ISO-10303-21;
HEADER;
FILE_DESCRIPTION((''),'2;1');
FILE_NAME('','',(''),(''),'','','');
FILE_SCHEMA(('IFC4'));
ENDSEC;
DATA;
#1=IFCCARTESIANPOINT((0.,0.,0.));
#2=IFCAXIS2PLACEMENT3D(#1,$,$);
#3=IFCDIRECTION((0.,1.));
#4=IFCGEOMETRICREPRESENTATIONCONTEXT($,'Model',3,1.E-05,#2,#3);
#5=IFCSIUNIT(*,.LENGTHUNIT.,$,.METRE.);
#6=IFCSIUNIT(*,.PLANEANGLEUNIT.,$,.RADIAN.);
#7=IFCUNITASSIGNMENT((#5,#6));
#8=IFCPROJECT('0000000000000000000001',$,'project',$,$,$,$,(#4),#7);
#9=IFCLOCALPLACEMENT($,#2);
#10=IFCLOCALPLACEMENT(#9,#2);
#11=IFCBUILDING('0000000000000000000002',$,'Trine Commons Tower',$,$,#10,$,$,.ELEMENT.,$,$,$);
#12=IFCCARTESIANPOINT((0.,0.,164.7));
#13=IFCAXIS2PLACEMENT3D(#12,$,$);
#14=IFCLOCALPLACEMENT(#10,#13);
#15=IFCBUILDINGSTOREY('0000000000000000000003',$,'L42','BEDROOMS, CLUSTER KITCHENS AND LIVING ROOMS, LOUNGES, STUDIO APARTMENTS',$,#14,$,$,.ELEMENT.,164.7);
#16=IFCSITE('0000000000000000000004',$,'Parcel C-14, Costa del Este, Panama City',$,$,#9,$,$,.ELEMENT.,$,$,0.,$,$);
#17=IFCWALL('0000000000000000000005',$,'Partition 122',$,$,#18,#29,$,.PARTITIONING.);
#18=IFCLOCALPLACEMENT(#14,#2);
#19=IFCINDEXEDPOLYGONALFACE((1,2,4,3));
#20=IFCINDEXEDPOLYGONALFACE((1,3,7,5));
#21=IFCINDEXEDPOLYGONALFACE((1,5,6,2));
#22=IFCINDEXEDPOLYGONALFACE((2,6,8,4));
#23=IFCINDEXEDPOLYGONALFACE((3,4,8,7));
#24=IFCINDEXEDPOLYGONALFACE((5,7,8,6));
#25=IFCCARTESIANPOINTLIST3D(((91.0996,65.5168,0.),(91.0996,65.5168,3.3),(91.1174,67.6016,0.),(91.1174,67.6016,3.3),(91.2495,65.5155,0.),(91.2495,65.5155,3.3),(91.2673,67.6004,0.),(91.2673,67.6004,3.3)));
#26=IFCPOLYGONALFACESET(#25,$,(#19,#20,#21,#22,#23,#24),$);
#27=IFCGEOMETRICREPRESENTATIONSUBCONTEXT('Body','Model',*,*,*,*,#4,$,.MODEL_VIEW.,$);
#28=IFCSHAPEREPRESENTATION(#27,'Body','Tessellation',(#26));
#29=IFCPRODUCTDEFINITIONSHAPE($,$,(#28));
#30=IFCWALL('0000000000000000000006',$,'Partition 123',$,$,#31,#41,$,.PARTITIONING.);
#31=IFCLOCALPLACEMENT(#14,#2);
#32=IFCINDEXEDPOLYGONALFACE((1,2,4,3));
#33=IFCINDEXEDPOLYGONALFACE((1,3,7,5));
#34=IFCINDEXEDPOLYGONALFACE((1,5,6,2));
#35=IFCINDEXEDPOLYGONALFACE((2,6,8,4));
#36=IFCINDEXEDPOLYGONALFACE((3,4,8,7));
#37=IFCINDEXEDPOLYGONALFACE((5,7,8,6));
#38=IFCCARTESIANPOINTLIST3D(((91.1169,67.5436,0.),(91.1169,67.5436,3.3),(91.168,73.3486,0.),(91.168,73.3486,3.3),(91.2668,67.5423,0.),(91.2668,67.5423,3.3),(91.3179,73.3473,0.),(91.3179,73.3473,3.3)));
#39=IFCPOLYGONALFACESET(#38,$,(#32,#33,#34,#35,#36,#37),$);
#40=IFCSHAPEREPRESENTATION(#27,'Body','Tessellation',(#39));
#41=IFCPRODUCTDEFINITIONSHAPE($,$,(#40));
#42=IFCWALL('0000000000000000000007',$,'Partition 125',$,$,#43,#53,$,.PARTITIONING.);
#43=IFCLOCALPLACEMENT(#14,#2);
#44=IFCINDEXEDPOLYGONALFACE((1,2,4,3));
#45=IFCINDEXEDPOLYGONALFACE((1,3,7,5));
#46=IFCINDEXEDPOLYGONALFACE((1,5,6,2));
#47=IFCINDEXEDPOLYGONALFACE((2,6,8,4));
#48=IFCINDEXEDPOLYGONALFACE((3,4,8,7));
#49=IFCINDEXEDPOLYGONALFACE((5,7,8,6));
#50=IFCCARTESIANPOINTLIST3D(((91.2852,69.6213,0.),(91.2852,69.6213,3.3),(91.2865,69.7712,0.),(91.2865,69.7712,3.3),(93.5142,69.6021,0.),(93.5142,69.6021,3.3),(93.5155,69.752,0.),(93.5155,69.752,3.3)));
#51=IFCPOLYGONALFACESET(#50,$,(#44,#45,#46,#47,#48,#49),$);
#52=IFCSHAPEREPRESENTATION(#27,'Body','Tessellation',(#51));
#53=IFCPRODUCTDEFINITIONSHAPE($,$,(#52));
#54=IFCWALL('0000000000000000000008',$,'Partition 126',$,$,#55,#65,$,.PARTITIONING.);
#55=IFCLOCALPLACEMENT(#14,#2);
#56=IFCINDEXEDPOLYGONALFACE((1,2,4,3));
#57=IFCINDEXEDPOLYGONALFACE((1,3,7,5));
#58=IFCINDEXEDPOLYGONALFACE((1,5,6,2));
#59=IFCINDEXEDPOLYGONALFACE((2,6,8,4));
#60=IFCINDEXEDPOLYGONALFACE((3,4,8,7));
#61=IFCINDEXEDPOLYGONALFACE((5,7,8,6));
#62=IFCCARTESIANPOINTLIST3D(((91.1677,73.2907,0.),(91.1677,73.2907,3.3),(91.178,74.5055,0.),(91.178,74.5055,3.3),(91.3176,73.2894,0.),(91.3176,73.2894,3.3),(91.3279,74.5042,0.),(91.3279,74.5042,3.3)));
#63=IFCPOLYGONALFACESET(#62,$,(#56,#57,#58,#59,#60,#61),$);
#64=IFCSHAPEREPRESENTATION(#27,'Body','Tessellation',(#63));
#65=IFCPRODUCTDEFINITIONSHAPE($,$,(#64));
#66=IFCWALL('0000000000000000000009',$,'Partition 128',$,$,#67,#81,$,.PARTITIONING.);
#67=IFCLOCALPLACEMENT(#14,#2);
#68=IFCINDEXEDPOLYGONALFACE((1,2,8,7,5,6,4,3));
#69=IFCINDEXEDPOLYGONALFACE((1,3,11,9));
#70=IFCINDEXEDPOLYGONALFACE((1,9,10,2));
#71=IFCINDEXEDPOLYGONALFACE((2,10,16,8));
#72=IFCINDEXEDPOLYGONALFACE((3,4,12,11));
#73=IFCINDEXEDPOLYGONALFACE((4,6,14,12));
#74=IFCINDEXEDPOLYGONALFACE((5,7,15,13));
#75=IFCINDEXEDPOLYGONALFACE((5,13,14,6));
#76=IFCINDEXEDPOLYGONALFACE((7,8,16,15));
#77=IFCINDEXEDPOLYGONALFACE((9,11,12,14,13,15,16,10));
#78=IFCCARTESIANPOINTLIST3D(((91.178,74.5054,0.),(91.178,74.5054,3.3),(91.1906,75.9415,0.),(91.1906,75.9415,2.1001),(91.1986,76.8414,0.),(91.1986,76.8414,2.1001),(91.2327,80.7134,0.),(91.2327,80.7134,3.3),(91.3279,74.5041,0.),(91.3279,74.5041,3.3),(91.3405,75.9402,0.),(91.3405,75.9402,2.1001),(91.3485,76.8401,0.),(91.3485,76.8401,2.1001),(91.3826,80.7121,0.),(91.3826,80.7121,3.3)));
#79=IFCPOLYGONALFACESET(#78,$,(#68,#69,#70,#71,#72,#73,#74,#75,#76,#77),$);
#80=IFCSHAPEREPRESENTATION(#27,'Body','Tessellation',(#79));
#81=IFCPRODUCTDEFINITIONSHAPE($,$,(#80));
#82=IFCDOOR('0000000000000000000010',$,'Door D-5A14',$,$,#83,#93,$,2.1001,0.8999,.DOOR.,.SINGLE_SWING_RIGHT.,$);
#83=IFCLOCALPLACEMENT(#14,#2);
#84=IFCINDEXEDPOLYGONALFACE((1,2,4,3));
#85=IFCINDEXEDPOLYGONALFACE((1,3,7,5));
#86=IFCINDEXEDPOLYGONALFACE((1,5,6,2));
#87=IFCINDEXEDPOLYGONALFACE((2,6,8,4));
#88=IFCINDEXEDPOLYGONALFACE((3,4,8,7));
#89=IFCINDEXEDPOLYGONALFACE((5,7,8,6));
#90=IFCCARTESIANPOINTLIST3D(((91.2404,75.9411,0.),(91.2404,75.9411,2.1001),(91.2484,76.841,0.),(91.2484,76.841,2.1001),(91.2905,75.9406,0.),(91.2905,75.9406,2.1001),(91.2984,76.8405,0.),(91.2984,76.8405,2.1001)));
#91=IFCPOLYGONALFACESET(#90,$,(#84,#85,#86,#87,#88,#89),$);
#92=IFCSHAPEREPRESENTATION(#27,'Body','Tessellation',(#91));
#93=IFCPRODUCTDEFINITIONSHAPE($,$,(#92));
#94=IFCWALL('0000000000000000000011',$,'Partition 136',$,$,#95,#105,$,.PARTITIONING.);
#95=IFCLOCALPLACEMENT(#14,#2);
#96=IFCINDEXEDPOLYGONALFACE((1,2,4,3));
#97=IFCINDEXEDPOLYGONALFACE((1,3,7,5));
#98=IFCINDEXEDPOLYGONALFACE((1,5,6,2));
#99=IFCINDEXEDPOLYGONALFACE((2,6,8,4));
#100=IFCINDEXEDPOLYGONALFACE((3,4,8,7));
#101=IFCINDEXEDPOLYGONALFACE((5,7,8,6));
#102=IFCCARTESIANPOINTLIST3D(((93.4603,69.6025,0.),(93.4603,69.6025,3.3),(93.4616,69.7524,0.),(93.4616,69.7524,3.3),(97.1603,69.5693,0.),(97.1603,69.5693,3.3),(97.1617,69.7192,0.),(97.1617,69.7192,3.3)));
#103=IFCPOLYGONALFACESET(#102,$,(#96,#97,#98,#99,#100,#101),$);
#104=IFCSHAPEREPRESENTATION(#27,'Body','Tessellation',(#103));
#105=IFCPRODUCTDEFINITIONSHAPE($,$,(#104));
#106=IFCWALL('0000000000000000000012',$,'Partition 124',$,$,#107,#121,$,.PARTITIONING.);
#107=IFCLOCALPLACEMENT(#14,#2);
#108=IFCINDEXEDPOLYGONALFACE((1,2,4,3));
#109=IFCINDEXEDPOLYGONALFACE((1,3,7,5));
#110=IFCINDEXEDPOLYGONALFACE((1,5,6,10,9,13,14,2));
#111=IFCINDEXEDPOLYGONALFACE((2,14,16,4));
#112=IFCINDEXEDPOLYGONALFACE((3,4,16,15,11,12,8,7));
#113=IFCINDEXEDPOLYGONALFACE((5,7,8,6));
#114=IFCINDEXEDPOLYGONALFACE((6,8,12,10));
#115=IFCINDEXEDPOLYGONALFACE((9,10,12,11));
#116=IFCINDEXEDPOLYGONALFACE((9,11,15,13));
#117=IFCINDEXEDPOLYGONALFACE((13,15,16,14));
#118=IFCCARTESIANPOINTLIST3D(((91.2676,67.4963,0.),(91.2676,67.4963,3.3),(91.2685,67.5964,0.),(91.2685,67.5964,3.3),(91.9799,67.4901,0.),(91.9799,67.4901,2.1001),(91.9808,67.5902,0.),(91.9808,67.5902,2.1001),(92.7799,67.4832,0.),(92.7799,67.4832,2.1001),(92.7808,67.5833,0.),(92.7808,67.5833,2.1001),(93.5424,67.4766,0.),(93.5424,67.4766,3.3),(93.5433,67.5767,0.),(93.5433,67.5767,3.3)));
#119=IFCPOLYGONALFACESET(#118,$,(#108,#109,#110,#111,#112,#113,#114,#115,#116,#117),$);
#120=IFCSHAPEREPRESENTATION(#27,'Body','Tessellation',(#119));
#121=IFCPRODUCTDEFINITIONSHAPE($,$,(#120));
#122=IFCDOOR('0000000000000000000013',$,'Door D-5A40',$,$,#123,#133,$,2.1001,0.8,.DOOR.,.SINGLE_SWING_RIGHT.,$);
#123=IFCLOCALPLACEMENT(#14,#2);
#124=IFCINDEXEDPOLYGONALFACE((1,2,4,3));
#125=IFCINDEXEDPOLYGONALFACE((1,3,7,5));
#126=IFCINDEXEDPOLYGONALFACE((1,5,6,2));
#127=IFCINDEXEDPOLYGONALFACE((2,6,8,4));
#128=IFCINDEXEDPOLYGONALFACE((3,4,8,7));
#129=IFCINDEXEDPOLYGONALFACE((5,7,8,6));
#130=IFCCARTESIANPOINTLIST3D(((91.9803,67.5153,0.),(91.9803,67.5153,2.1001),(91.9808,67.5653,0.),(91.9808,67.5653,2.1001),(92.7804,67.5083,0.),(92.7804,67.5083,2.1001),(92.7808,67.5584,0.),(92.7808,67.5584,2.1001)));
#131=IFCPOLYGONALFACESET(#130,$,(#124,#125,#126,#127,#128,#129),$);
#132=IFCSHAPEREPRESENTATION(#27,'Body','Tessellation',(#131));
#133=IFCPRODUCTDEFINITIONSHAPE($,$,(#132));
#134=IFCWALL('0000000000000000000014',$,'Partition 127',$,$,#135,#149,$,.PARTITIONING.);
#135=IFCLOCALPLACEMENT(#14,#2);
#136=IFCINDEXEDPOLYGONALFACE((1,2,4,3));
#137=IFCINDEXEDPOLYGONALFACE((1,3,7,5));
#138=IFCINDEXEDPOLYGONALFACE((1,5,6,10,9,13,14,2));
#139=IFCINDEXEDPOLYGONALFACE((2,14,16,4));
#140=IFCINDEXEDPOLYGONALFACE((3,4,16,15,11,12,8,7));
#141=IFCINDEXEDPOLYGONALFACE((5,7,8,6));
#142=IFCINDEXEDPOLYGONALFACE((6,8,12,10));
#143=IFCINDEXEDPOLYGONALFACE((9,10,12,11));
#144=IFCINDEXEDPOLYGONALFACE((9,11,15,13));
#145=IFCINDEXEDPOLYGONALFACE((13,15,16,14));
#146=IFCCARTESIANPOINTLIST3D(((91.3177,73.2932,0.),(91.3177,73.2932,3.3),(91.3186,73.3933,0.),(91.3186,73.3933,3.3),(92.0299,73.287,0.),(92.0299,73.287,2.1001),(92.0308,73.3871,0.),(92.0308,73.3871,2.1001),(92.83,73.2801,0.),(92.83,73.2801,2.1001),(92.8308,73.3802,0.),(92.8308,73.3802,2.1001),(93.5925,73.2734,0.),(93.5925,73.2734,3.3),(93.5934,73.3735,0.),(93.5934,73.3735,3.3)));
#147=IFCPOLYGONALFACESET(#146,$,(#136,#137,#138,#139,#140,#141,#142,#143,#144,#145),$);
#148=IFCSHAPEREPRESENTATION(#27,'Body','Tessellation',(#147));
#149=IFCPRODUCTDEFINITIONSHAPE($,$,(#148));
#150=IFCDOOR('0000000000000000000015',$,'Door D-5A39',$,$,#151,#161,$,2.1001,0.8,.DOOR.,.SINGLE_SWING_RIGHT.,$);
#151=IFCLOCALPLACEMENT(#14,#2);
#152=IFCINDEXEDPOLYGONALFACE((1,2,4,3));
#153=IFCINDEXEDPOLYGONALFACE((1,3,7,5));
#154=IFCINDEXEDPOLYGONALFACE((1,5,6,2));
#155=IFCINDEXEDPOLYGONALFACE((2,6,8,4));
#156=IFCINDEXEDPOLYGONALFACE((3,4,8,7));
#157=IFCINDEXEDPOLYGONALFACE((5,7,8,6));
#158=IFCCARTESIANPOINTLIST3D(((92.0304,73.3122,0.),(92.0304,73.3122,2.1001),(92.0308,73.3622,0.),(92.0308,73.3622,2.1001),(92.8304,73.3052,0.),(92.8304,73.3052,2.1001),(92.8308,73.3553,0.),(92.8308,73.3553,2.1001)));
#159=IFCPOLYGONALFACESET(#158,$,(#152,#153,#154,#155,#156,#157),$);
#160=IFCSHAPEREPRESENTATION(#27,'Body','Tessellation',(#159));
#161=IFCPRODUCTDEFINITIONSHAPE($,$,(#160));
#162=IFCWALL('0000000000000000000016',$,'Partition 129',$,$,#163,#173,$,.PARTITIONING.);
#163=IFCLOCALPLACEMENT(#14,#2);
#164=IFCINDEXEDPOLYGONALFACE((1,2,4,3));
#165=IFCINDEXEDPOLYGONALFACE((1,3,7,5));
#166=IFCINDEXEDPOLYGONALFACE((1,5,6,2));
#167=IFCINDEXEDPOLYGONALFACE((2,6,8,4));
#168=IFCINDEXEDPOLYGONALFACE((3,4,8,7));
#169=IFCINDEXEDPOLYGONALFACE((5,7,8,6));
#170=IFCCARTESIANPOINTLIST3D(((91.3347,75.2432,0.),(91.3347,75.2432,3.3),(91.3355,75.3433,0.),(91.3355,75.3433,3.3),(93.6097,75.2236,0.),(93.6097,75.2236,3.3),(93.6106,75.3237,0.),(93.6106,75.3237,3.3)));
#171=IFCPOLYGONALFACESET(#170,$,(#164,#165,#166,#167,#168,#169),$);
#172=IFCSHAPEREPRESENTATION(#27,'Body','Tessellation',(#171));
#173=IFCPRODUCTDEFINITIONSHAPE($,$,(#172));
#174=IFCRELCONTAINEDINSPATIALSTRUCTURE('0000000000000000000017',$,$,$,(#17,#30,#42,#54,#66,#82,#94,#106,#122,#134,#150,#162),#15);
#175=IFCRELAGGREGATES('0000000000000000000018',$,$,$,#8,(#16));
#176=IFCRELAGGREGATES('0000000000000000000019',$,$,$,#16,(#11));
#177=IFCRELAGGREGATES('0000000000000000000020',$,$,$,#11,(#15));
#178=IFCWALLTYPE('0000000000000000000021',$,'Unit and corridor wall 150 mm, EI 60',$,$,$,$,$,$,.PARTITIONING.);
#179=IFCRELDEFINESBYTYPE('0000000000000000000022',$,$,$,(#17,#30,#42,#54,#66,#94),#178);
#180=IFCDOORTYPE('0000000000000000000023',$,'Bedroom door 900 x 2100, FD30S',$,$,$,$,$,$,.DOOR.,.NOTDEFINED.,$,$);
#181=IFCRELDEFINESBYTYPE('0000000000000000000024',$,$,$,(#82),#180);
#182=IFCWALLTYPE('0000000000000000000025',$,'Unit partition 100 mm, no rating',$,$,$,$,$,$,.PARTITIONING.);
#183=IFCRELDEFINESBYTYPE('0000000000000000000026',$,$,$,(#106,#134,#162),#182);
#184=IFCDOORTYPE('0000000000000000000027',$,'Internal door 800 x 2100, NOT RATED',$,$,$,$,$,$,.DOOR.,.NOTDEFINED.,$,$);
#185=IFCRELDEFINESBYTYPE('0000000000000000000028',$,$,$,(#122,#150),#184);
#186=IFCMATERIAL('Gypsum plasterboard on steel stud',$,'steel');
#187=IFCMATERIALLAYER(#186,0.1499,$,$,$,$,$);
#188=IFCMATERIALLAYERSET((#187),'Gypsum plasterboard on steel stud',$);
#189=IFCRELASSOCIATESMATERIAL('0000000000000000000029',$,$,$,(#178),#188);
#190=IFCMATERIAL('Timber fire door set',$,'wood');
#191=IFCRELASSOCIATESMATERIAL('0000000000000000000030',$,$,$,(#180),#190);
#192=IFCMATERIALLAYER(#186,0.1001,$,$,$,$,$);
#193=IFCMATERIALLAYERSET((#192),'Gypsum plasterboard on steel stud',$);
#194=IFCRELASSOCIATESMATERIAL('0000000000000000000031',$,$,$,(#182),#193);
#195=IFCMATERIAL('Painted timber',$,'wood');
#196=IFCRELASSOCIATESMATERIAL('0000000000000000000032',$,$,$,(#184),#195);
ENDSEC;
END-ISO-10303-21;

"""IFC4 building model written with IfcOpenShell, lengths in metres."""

from ifc_helpers import new_model, si_unit, direction, frame, frame_2d, origin, place, context, subcontext, project, spatial, rectangle, extrude, material, layer, layer_set, type_object, element, fill, save


model = new_model("IFC4")

# Units and contexts
model_context = context("Model", 3, precision=1e-05, world=origin(), true_north=direction((0.0, 1.0)))
body_context = subcontext(model_context, "Body", "Model", "MODEL_VIEW")
ifc_project = project(units=[si_unit("LENGTHUNIT", "METRE"), si_unit("PLANEANGLEUNIT", "RADIAN")], contexts=[model_context])

# Site, building, storey
site_placement = place(None, origin())
site = spatial("IfcSite", under=ifc_project, at=site_placement, Name="Parcel C-14, Costa del Este, Panama City", CompositionType="ELEMENT", RefElevation=0.0)
building_placement = place(site_placement, origin())
building = spatial("IfcBuilding", under=site, at=building_placement, Name="Trine Commons Tower", CompositionType="ELEMENT")
storey_placement = place(building_placement, frame((0.0, 0.0, 164.7)))
storey = spatial("IfcBuildingStorey", under=building, at=storey_placement, Name="L42", Description="BEDROOMS, CLUSTER KITCHENS AND LIVING ROOMS, LOUNGES, STUDIO APARTMENTS", CompositionType="ELEMENT", Elevation=164.7)

# Walls
ifc_material_1 = material(Name="Gypsum plasterboard on steel stud", Category="steel")
ifc_layer_1 = layer(ifc_material_1, 0.1499)
ifc_layer_set_1 = layer_set([ifc_layer_1], Name="Gypsum plasterboard on steel stud")
wall_type_1 = type_object("IfcWallType", Name="Unit and corridor wall 150 mm, EI 60", PredefinedType="PARTITIONING", material=ifc_layer_set_1)
wall_1_placement = place(storey_placement, frame((91.1746, 65.5161, 0.0), z_axis=(0.0, 0.0, 1.0), x_axis=(0.008548, 0.999963, 0.0)))
element("IfcWall", 1, at=wall_1_placement, inside=storey, type_object=wall_type_1, Name="Partition 122", PredefinedType="PARTITIONING", context=body_context, shape_type="SweptSolid", body=[
    extrude(rectangle(XDim=2.085, YDim=0.1499, at=frame_2d((1.0425, 0.0))), origin(), (0.0, 0.0, 1.0), 3.3),
])
wall_2_placement = place(storey_placement, frame((91.1919, 67.543, 0.0), z_axis=(0.0, 0.0, 1.0), x_axis=(0.00879, 0.999961, 0.0)))
element("IfcWall", 2, at=wall_2_placement, inside=storey, type_object=wall_type_1, Name="Partition 123", PredefinedType="PARTITIONING", context=body_context, shape_type="SweptSolid", body=[
    extrude(rectangle(XDim=5.8052, YDim=0.1499, at=frame_2d((2.9026, 0.0))), origin(), (0.0, 0.0, 1.0), 3.3),
])
wall_3_placement = place(storey_placement, frame((91.2859, 69.6963, 0.0), z_axis=(0.0, 0.0, 1.0), x_axis=(0.999963, -0.008652, 0.0)))
element("IfcWall", 3, at=wall_3_placement, inside=storey, type_object=wall_type_1, Name="Partition 125", PredefinedType="PARTITIONING", context=body_context, shape_type="SweptSolid", body=[
    extrude(rectangle(XDim=2.229, YDim=0.1499, at=frame_2d((1.1145, 0.0))), origin(), (0.0, 0.0, 1.0), 3.3),
])
wall_4_placement = place(storey_placement, frame((91.2427, 73.29, 0.0), z_axis=(0.0, 0.0, 1.0), x_axis=(0.00844, 0.999964, 0.0)))
element("IfcWall", 4, at=wall_4_placement, inside=storey, type_object=wall_type_1, Name="Partition 126", PredefinedType="PARTITIONING", context=body_context, shape_type="SweptSolid", body=[
    extrude(rectangle(XDim=1.2148, YDim=0.1499, at=frame_2d((0.6074, 0.0))), origin(), (0.0, 0.0, 1.0), 3.3),
])

# Wall, opening, door
wall_5_placement = place(storey_placement, frame((91.2529, 74.5049, 0.0), z_axis=(0.0, 0.0, 1.0), x_axis=(0.008809, 0.999961, 0.0)))
wall_5 = element("IfcWall", 5, at=wall_5_placement, inside=storey, type_object=wall_type_1, Name="Partition 128", PredefinedType="PARTITIONING", context=body_context, shape_type="SweptSolid", body=[
    extrude(rectangle(XDim=6.2083, YDim=0.1499, at=frame_2d((3.104, 0.0))), origin(), (0.0, 0.0, 1.0), 3.3),
])
opening_1_placement = place(wall_5_placement, frame((1.436, 0.0, 0.0)))
opening_1 = element("IfcOpeningElement", 6, at=opening_1_placement, cuts=wall_5, PredefinedType="OPENING", context=body_context, shape_type="SweptSolid", body=[
    extrude(rectangle(XDim=0.8999, YDim=2.1001, at=frame_2d((0.45, 1.05))), frame((0.0, 0.085, 0.0), z_axis=(0.0, -1.0, 0.0), x_axis=(1.0, 0.0, 0.0)), (0.0, 0.0, 1.0), 0.1699),
])
ifc_material_2 = material(Name="Timber fire door set", Category="wood")
door_type_1 = type_object("IfcDoorType", Name="Bedroom door 900 x 2100, FD30S", OperationType="NOTDEFINED", PredefinedType="DOOR", material=ifc_material_2)
door_1_placement = place(opening_1_placement, frame((0.8999, 0.0, 0.0), z_axis=(0.0, 0.0, 1.0), x_axis=(-1.0, 0.0, 0.0)))
door_1 = element("IfcDoor", 7, at=door_1_placement, inside=storey, type_object=door_type_1, Name="Door D-5A14", OperationType="SINGLE_SWING_RIGHT", OverallHeight=2.1001, OverallWidth=0.8999, PredefinedType="DOOR", context=body_context, shape_type="SweptSolid", body=[
    extrude(rectangle(XDim=0.8999, YDim=2.1001, at=frame_2d((0.45, 1.05))), frame((0.0, 0.0249, 0.0), z_axis=(0.0, -1.0, 0.0), x_axis=(1.0, 0.0, 0.0)), (0.0, 0.0, 1.0), 0.05),
])
fill(opening_1, door_1)

# Wall
wall_6_placement = place(storey_placement, frame((93.4609, 69.6775, 0.0), z_axis=(0.0, 0.0, 1.0), x_axis=(0.99996, -0.008974, 0.0)))
element("IfcWall", 8, at=wall_6_placement, inside=storey, type_object=wall_type_1, Name="Partition 136", PredefinedType="PARTITIONING", context=body_context, shape_type="SweptSolid", body=[
    extrude(rectangle(XDim=3.7002, YDim=0.1499, at=frame_2d((1.8501, 0.0))), origin(), (0.0, 0.0, 1.0), 3.3),
])

# Walls, openings, doors
ifc_layer_2 = layer(ifc_material_1, 0.1001)
ifc_layer_set_2 = layer_set([ifc_layer_2], Name="Gypsum plasterboard on steel stud")
wall_type_2 = type_object("IfcWallType", Name="Unit partition 100 mm, no rating", PredefinedType="PARTITIONING", material=ifc_layer_set_2)
wall_7_placement = place(storey_placement, frame((91.2681, 67.5464, 0.0), z_axis=(0.0, 0.0, 1.0), x_axis=(0.999962, -0.008693, 0.0)))
wall_7 = element("IfcWall", 9, at=wall_7_placement, inside=storey, type_object=wall_type_2, Name="Partition 124", PredefinedType="PARTITIONING", context=body_context, shape_type="SweptSolid", body=[
    extrude(rectangle(XDim=2.2749, YDim=0.1001, at=frame_2d((1.1375, 0.0))), origin(), (0.0, 0.0, 1.0), 3.3),
])
opening_2_placement = place(wall_7_placement, frame((0.7124, 0.0, 0.0)))
opening_2 = element("IfcOpeningElement", 10, at=opening_2_placement, cuts=wall_7, PredefinedType="OPENING", context=body_context, shape_type="SweptSolid", body=[
    extrude(rectangle(XDim=0.8, YDim=2.1001, at=frame_2d((0.3999, 1.05))), frame((0.0, 0.0601, 0.0), z_axis=(0.0, -1.0, 0.0), x_axis=(1.0, 0.0, 0.0)), (0.0, 0.0, 1.0), 0.1201),
])
ifc_material_3 = material(Name="Painted timber", Category="wood")
door_type_2 = type_object("IfcDoorType", Name="Internal door 800 x 2100, NOT RATED", OperationType="NOTDEFINED", PredefinedType="DOOR", material=ifc_material_3)
door_2_placement = place(opening_2_placement, frame((0.8, 0.0, 0.0), z_axis=(0.0, 0.0, 1.0), x_axis=(-1.0, 0.0, 0.0)))
door_2 = element("IfcDoor", 11, at=door_2_placement, inside=storey, type_object=door_type_2, Name="Door D-5A40", OperationType="SINGLE_SWING_RIGHT", OverallHeight=2.1001, OverallWidth=0.8, PredefinedType="DOOR", context=body_context, shape_type="SweptSolid", body=[
    extrude(rectangle(XDim=0.8, YDim=2.1001, at=frame_2d((0.3999, 1.05))), frame((0.0, 0.0249, 0.0), z_axis=(0.0, -1.0, 0.0), x_axis=(1.0, 0.0, 0.0)), (0.0, 0.0, 1.0), 0.05),
])
fill(opening_2, door_2)
wall_8_placement = place(storey_placement, frame((91.3181, 73.3433, 0.0), z_axis=(0.0, 0.0, 1.0), x_axis=(0.999962, -0.008693, 0.0)))
wall_8 = element("IfcWall", 12, at=wall_8_placement, inside=storey, type_object=wall_type_2, Name="Partition 127", PredefinedType="PARTITIONING", context=body_context, shape_type="SweptSolid", body=[
    extrude(rectangle(XDim=2.2749, YDim=0.1001, at=frame_2d((1.1375, 0.0))), origin(), (0.0, 0.0, 1.0), 3.3),
])
opening_3_placement = place(wall_8_placement, frame((0.7124, 0.0, 0.0)))
opening_3 = element("IfcOpeningElement", 13, at=opening_3_placement, cuts=wall_8, PredefinedType="OPENING", context=body_context, shape_type="SweptSolid", body=[
    extrude(rectangle(XDim=0.8, YDim=2.1001, at=frame_2d((0.3999, 1.05))), frame((0.0, 0.0601, 0.0), z_axis=(0.0, -1.0, 0.0), x_axis=(1.0, 0.0, 0.0)), (0.0, 0.0, 1.0), 0.1201),
])
door_3_placement = place(opening_3_placement, frame((0.8, 0.0, 0.0), z_axis=(0.0, 0.0, 1.0), x_axis=(-1.0, 0.0, 0.0)))
door_3 = element("IfcDoor", 14, at=door_3_placement, inside=storey, type_object=door_type_2, Name="Door D-5A39", OperationType="SINGLE_SWING_RIGHT", OverallHeight=2.1001, OverallWidth=0.8, PredefinedType="DOOR", context=body_context, shape_type="SweptSolid", body=[
    extrude(rectangle(XDim=0.8, YDim=2.1001, at=frame_2d((0.3999, 1.05))), frame((0.0, 0.0249, 0.0), z_axis=(0.0, -1.0, 0.0), x_axis=(1.0, 0.0, 0.0)), (0.0, 0.0, 1.0), 0.05),
])
fill(opening_3, door_3)

# Wall
wall_9_placement = place(storey_placement, frame((91.335, 75.2932, 0.0), z_axis=(0.0, 0.0, 1.0), x_axis=(0.999963, -0.008584, 0.0)))
element("IfcWall", 15, at=wall_9_placement, inside=storey, type_object=wall_type_2, Name="Partition 129", PredefinedType="PARTITIONING", context=body_context, shape_type="SweptSolid", body=[
    extrude(rectangle(XDim=2.2751, YDim=0.1001, at=frame_2d((1.1377, 0.0))), origin(), (0.0, 0.0, 1.0), 3.3),
])

save(model, "model.ifc")
